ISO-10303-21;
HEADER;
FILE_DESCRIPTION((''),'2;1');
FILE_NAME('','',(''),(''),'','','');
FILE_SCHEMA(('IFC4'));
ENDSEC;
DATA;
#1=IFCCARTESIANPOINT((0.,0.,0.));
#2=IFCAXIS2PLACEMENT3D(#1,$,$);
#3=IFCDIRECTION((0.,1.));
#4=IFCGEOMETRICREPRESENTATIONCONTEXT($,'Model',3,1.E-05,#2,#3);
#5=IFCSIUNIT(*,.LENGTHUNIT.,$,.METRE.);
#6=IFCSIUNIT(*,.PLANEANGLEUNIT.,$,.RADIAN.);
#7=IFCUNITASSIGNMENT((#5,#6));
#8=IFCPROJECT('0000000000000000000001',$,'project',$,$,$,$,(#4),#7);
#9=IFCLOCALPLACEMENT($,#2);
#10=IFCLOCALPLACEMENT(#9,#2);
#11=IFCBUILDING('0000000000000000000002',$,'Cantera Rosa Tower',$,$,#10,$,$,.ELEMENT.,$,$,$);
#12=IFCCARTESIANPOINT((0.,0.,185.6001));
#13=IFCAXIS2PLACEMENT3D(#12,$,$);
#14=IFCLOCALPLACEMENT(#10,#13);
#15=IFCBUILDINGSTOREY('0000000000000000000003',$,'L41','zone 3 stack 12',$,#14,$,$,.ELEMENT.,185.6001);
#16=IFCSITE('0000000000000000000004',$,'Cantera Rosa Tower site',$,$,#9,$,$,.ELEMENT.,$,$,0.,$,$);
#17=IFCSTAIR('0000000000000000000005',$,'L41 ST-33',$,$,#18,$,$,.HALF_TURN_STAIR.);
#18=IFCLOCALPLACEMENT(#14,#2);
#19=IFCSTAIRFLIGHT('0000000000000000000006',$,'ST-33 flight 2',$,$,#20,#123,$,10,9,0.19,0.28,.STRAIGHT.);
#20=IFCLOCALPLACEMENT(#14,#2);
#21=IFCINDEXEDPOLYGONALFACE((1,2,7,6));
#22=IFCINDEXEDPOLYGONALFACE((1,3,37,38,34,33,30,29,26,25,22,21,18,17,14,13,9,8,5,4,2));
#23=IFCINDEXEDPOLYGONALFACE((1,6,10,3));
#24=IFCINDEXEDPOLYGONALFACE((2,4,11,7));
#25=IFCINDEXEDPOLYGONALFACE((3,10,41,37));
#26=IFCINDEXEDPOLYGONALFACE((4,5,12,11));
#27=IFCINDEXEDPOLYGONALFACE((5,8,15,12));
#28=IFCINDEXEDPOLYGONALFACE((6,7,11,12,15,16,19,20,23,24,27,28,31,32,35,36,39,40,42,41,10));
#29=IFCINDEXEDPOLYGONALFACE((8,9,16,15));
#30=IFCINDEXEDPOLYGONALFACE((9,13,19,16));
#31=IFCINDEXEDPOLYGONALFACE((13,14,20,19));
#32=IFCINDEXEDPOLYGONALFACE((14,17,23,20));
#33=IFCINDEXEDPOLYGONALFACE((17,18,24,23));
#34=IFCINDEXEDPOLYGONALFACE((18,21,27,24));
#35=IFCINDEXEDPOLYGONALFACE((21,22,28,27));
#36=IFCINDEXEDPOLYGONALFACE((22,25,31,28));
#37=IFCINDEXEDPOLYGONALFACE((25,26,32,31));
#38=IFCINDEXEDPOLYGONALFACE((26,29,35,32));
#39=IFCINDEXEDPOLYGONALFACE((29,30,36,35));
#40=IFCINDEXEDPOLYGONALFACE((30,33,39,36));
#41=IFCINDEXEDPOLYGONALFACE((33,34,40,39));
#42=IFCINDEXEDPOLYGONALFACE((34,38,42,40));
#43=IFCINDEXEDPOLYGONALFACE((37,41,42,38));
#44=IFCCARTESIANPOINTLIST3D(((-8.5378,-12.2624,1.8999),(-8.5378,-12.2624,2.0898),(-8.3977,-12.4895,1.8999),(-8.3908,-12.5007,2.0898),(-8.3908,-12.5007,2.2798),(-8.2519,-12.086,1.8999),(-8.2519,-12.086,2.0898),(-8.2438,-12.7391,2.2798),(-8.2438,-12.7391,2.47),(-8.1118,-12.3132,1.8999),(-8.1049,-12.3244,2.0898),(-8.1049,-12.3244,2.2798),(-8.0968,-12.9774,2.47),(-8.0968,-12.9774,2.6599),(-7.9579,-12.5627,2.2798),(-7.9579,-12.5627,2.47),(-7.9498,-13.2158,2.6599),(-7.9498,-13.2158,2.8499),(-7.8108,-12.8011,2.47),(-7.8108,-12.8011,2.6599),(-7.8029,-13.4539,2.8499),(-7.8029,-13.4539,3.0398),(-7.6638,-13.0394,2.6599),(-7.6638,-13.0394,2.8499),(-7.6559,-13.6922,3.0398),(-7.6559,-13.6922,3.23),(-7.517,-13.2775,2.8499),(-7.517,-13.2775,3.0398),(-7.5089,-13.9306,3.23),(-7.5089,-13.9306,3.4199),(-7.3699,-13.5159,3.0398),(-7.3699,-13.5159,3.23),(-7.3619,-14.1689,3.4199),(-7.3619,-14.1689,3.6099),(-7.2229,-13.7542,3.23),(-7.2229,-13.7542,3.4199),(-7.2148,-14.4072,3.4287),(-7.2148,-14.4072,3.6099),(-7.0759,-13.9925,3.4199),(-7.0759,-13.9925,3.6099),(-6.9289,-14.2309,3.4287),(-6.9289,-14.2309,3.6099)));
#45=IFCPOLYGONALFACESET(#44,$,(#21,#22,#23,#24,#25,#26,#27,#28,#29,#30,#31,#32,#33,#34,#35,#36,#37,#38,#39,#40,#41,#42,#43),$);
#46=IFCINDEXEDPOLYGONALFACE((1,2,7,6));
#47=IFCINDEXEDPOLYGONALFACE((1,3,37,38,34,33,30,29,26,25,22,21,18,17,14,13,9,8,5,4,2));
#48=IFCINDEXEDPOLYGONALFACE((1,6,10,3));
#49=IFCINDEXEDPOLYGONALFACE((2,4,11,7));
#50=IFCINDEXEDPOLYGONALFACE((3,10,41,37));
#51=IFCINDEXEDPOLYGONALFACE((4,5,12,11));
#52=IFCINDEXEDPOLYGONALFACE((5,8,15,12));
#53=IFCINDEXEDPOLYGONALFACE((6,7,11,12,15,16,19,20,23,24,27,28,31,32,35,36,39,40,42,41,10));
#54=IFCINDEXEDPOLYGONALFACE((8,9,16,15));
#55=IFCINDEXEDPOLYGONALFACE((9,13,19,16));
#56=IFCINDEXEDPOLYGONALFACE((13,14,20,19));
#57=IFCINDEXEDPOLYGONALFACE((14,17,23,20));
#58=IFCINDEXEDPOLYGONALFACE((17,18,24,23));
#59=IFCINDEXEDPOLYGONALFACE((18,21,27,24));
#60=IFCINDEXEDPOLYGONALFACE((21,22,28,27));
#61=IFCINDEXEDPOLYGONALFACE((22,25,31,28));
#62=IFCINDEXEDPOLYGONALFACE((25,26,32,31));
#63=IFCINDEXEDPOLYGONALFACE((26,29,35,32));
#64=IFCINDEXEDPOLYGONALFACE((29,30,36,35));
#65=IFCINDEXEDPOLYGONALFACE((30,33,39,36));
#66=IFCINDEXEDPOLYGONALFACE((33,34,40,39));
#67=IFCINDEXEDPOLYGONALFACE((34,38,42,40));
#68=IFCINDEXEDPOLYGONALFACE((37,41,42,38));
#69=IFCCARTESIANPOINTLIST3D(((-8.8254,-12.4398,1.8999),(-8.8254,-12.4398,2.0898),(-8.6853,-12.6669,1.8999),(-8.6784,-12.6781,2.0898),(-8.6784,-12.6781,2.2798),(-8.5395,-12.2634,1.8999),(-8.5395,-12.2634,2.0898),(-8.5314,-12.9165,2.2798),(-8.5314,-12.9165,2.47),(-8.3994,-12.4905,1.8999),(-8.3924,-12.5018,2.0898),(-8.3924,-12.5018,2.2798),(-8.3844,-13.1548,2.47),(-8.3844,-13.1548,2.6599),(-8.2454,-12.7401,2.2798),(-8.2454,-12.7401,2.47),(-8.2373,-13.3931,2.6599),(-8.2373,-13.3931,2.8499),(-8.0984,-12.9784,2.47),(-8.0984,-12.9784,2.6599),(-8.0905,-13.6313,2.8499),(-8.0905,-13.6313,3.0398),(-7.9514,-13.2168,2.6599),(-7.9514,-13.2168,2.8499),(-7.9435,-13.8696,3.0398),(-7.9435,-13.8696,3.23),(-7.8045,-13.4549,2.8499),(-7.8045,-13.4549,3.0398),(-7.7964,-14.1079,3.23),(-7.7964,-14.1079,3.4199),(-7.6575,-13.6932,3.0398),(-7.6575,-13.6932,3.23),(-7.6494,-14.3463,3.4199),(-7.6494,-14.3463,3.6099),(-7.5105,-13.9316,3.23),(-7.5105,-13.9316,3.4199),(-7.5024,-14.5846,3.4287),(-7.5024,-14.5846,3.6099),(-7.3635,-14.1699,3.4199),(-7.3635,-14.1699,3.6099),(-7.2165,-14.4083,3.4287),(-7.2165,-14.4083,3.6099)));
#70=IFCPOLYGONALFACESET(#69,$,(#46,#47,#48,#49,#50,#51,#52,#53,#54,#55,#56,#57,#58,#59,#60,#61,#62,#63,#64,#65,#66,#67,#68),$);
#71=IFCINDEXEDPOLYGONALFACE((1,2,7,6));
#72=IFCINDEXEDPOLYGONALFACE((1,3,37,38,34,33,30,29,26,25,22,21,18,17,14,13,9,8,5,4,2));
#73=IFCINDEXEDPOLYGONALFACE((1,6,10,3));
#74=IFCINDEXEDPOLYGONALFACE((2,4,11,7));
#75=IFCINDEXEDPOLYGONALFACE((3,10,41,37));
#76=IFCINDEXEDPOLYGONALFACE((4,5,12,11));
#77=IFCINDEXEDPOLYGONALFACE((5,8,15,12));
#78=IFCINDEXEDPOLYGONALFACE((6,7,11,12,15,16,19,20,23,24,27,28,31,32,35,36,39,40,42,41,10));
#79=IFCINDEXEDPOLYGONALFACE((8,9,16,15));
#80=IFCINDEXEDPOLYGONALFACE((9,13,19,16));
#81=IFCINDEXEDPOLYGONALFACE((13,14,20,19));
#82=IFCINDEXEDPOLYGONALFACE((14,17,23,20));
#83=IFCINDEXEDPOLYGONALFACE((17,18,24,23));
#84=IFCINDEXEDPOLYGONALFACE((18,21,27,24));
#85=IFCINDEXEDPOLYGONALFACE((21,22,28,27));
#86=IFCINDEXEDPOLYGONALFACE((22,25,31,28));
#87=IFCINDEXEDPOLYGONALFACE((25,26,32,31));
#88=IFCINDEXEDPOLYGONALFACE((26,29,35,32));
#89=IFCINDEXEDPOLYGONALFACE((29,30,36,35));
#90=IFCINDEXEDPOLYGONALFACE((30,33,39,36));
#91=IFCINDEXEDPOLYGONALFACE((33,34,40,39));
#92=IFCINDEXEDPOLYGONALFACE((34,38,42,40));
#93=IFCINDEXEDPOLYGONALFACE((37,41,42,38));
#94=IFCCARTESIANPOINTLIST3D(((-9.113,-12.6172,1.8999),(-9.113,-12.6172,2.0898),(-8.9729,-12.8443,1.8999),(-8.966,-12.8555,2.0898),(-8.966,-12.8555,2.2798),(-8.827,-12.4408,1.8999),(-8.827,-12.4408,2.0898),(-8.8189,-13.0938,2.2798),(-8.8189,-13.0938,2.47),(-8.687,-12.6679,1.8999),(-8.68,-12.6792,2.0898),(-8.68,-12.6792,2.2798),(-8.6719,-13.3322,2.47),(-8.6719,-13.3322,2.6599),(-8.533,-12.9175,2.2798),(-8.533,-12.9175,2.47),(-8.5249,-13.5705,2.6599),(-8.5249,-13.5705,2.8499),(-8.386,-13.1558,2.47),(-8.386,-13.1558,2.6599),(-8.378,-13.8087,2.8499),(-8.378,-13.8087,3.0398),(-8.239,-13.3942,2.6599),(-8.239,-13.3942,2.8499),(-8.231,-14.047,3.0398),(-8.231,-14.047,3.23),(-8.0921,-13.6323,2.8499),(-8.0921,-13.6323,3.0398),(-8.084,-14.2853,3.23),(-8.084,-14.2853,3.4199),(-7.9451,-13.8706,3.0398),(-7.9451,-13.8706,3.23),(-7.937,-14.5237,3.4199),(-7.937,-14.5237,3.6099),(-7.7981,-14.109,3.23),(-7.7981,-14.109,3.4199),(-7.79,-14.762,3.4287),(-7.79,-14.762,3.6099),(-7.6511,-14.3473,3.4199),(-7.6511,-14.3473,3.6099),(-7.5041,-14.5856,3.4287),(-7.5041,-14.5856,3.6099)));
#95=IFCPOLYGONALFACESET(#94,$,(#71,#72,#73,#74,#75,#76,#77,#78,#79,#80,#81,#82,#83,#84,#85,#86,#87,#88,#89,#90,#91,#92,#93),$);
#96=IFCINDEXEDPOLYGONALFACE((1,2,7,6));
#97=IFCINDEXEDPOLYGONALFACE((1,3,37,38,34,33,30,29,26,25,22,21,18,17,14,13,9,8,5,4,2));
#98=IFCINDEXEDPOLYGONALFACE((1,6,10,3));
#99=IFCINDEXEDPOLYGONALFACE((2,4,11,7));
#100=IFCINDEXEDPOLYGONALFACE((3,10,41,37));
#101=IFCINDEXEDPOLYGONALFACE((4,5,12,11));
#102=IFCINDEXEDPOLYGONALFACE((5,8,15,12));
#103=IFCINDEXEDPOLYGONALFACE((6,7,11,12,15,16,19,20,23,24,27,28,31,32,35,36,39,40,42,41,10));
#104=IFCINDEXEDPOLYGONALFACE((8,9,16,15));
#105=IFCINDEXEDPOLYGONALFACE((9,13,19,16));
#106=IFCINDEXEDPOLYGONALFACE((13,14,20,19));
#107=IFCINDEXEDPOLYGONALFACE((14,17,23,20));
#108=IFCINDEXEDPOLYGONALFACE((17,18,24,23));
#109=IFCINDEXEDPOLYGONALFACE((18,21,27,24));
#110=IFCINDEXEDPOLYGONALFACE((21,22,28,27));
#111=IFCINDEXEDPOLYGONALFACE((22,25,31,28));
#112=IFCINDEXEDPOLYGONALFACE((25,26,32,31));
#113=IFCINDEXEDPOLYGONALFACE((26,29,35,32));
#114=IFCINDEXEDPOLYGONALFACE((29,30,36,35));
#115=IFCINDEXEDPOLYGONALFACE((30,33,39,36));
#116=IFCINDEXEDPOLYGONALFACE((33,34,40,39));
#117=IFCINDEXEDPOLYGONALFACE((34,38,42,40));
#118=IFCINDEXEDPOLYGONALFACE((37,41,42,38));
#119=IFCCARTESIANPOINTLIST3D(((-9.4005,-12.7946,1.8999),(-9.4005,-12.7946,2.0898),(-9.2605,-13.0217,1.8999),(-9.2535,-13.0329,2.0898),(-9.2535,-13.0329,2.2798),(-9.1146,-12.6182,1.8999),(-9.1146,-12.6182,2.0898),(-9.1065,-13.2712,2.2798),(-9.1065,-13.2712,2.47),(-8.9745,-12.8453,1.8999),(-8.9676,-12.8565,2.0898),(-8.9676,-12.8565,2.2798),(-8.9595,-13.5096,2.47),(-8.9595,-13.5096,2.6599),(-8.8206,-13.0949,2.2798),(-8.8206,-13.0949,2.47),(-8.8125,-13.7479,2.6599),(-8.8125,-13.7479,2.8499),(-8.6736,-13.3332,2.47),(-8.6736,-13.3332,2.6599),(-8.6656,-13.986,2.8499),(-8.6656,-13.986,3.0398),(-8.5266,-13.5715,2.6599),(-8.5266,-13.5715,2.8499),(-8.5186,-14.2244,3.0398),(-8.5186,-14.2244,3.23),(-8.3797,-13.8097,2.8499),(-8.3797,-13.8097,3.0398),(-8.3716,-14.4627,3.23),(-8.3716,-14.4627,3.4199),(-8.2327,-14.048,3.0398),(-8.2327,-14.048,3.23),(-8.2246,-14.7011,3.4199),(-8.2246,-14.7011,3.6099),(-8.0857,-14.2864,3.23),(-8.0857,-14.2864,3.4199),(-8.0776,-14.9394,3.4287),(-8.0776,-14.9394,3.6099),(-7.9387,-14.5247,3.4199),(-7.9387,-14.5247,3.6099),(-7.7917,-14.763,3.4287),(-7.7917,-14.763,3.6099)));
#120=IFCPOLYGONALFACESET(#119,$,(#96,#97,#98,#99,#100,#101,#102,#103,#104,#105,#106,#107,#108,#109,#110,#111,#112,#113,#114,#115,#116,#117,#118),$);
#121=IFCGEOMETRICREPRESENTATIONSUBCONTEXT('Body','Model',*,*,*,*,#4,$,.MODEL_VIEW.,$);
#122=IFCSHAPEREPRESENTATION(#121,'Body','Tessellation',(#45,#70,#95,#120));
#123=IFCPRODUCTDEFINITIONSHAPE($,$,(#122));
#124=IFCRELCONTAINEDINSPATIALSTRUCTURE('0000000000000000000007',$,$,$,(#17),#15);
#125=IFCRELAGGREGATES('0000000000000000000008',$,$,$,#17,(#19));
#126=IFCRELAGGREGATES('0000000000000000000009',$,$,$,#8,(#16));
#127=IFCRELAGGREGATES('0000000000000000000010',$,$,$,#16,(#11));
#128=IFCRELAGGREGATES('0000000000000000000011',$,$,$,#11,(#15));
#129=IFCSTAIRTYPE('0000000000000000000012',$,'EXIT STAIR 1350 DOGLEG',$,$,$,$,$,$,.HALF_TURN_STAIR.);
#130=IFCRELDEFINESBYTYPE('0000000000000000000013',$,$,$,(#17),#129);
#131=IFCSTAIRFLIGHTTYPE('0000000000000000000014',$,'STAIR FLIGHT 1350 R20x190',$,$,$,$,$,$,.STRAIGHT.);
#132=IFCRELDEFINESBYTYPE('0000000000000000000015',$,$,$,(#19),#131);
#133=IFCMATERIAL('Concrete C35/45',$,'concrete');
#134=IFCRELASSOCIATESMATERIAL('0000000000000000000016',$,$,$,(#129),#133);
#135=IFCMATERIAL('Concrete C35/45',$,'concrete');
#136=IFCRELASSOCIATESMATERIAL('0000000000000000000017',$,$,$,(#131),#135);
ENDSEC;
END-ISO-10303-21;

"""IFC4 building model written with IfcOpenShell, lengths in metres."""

from ifc_helpers import new_model, si_unit, direction, frame, origin, place, context, subcontext, project, spatial, polyline, outline, extrude, material, type_object, element, aggregate, save


model = new_model("IFC4")

# Units and contexts
model_context = context("Model", 3, precision=1e-05, world=origin(), true_north=direction((0.0, 1.0)))
body_context = subcontext(model_context, "Body", "Model", "MODEL_VIEW")
ifc_project = project(units=[si_unit("LENGTHUNIT", "METRE"), si_unit("PLANEANGLEUNIT", "RADIAN")], contexts=[model_context])

# Site, building, storey
site_placement = place(None, origin())
site = spatial("IfcSite", under=ifc_project, at=site_placement, Name="Cantera Rosa Tower site", CompositionType="ELEMENT", RefElevation=0.0)
building_placement = place(site_placement, origin())
building = spatial("IfcBuilding", under=site, at=building_placement, Name="Cantera Rosa Tower", CompositionType="ELEMENT")
storey_placement = place(building_placement, frame((0.0, 0.0, 185.6001)))
storey = spatial("IfcBuildingStorey", under=building, at=storey_placement, Name="L41", Description="zone 3 stack 12", CompositionType="ELEMENT", Elevation=185.6001)

# Stair, stair flight
ifc_material_1 = material(Name="Concrete C35/45", Category="concrete")
stair_type = type_object("IfcStairType", Name="EXIT STAIR 1350 DOGLEG", PredefinedType="HALF_TURN_STAIR", material=ifc_material_1)
stair_placement = place(storey_placement, origin())
stair = element("IfcStair", 1, at=stair_placement, inside=storey, type_object=stair_type, Name="L41 ST-33", PredefinedType="HALF_TURN_STAIR")
ifc_material_2 = material(Name="Concrete C35/45", Category="concrete")
stair_flight_type = type_object("IfcStairFlightType", Name="STAIR FLIGHT 1350 R20x190", PredefinedType="STRAIGHT", material=ifc_material_2)
stair_flight_1_placement = place(storey_placement, frame((-8.8264, -12.4404, 1.8999), z_axis=(0.0, 0.0, 1.0), x_axis=(0.524977, -0.851117, 0.0)))
stair_flight_1 = element("IfcStairFlight", 2, at=stair_flight_1_placement, type_object=stair_flight_type, Name="ST-33 flight 2", NumberOfRisers=10, NumberOfTreads=9, PredefinedType="STRAIGHT", RiserHeight=0.19, TreadLength=0.28, context=body_context, shape_type="SweptSolid", body=[
    extrude(outline(polyline([(0.0, 0.0), (0.0, 0.1899), (0.28, 0.1899), (0.28, 0.3799), (0.5601, 0.3799), (0.5601, 0.5701), (0.8401, 0.5701), (0.8401, 0.76), (1.1201, 0.76), (1.1201, 0.95), (1.3999, 0.95), (1.3999, 1.1399), (1.6799, 1.1399), (1.6799, 1.3301), (1.96, 1.3301), (1.96, 1.52), (2.24, 1.52), (2.24, 1.71), (2.52, 1.71), (2.52, 1.8999), (2.52, 1.5288), (0.2668, 0.0), (0.0, 0.0)])), frame((0.0, 0.675, 0.0), z_axis=(0.0, -1.0, 0.0), x_axis=(1.0, 0.0, 0.0)), (0.0, 0.0, 1.0), 0.3359),
    extrude(outline(polyline([(0.0, 0.0), (0.0, 0.1899), (0.28, 0.1899), (0.28, 0.3799), (0.5601, 0.3799), (0.5601, 0.5701), (0.8401, 0.5701), (0.8401, 0.76), (1.1201, 0.76), (1.1201, 0.95), (1.3999, 0.95), (1.3999, 1.1399), (1.6799, 1.1399), (1.6799, 1.3301), (1.96, 1.3301), (1.96, 1.52), (2.24, 1.52), (2.24, 1.71), (2.52, 1.71), (2.52, 1.8999), (2.52, 1.5288), (0.2668, 0.0), (0.0, 0.0)])), frame((0.0, 0.3372, 0.0), z_axis=(0.0, -1.0, 0.0), x_axis=(1.0, 0.0, 0.0)), (0.0, 0.0, 1.0), 0.3359),
    extrude(outline(polyline([(0.0, 0.0), (0.0, 0.1899), (0.28, 0.1899), (0.28, 0.3799), (0.5601, 0.3799), (0.5601, 0.5701), (0.8401, 0.5701), (0.8401, 0.76), (1.1201, 0.76), (1.1201, 0.95), (1.3999, 0.95), (1.3999, 1.1399), (1.6799, 1.1399), (1.6799, 1.3301), (1.96, 1.3301), (1.96, 1.52), (2.24, 1.52), (2.24, 1.71), (2.52, 1.71), (2.52, 1.8999), (2.52, 1.5288), (0.2668, 0.0), (0.0, 0.0)])), frame((0.0, -0.0007, 0.0), z_axis=(0.0, -1.0, 0.0), x_axis=(1.0, 0.0, 0.0)), (0.0, 0.0, 1.0), 0.3359),
    extrude(outline(polyline([(0.0, 0.0), (0.0, 0.1899), (0.28, 0.1899), (0.28, 0.3799), (0.5601, 0.3799), (0.5601, 0.5701), (0.8401, 0.5701), (0.8401, 0.76), (1.1201, 0.76), (1.1201, 0.95), (1.3999, 0.95), (1.3999, 1.1399), (1.6799, 1.1399), (1.6799, 1.3301), (1.96, 1.3301), (1.96, 1.52), (2.24, 1.52), (2.24, 1.71), (2.52, 1.71), (2.52, 1.8999), (2.52, 1.5288), (0.2668, 0.0), (0.0, 0.0)])), frame((0.0, -0.3386, 0.0), z_axis=(0.0, -1.0, 0.0), x_axis=(1.0, 0.0, 0.0)), (0.0, 0.0, 1.0), 0.3359),
])
aggregate(stair, [stair_flight_1])

save(model, "model.ifc")
